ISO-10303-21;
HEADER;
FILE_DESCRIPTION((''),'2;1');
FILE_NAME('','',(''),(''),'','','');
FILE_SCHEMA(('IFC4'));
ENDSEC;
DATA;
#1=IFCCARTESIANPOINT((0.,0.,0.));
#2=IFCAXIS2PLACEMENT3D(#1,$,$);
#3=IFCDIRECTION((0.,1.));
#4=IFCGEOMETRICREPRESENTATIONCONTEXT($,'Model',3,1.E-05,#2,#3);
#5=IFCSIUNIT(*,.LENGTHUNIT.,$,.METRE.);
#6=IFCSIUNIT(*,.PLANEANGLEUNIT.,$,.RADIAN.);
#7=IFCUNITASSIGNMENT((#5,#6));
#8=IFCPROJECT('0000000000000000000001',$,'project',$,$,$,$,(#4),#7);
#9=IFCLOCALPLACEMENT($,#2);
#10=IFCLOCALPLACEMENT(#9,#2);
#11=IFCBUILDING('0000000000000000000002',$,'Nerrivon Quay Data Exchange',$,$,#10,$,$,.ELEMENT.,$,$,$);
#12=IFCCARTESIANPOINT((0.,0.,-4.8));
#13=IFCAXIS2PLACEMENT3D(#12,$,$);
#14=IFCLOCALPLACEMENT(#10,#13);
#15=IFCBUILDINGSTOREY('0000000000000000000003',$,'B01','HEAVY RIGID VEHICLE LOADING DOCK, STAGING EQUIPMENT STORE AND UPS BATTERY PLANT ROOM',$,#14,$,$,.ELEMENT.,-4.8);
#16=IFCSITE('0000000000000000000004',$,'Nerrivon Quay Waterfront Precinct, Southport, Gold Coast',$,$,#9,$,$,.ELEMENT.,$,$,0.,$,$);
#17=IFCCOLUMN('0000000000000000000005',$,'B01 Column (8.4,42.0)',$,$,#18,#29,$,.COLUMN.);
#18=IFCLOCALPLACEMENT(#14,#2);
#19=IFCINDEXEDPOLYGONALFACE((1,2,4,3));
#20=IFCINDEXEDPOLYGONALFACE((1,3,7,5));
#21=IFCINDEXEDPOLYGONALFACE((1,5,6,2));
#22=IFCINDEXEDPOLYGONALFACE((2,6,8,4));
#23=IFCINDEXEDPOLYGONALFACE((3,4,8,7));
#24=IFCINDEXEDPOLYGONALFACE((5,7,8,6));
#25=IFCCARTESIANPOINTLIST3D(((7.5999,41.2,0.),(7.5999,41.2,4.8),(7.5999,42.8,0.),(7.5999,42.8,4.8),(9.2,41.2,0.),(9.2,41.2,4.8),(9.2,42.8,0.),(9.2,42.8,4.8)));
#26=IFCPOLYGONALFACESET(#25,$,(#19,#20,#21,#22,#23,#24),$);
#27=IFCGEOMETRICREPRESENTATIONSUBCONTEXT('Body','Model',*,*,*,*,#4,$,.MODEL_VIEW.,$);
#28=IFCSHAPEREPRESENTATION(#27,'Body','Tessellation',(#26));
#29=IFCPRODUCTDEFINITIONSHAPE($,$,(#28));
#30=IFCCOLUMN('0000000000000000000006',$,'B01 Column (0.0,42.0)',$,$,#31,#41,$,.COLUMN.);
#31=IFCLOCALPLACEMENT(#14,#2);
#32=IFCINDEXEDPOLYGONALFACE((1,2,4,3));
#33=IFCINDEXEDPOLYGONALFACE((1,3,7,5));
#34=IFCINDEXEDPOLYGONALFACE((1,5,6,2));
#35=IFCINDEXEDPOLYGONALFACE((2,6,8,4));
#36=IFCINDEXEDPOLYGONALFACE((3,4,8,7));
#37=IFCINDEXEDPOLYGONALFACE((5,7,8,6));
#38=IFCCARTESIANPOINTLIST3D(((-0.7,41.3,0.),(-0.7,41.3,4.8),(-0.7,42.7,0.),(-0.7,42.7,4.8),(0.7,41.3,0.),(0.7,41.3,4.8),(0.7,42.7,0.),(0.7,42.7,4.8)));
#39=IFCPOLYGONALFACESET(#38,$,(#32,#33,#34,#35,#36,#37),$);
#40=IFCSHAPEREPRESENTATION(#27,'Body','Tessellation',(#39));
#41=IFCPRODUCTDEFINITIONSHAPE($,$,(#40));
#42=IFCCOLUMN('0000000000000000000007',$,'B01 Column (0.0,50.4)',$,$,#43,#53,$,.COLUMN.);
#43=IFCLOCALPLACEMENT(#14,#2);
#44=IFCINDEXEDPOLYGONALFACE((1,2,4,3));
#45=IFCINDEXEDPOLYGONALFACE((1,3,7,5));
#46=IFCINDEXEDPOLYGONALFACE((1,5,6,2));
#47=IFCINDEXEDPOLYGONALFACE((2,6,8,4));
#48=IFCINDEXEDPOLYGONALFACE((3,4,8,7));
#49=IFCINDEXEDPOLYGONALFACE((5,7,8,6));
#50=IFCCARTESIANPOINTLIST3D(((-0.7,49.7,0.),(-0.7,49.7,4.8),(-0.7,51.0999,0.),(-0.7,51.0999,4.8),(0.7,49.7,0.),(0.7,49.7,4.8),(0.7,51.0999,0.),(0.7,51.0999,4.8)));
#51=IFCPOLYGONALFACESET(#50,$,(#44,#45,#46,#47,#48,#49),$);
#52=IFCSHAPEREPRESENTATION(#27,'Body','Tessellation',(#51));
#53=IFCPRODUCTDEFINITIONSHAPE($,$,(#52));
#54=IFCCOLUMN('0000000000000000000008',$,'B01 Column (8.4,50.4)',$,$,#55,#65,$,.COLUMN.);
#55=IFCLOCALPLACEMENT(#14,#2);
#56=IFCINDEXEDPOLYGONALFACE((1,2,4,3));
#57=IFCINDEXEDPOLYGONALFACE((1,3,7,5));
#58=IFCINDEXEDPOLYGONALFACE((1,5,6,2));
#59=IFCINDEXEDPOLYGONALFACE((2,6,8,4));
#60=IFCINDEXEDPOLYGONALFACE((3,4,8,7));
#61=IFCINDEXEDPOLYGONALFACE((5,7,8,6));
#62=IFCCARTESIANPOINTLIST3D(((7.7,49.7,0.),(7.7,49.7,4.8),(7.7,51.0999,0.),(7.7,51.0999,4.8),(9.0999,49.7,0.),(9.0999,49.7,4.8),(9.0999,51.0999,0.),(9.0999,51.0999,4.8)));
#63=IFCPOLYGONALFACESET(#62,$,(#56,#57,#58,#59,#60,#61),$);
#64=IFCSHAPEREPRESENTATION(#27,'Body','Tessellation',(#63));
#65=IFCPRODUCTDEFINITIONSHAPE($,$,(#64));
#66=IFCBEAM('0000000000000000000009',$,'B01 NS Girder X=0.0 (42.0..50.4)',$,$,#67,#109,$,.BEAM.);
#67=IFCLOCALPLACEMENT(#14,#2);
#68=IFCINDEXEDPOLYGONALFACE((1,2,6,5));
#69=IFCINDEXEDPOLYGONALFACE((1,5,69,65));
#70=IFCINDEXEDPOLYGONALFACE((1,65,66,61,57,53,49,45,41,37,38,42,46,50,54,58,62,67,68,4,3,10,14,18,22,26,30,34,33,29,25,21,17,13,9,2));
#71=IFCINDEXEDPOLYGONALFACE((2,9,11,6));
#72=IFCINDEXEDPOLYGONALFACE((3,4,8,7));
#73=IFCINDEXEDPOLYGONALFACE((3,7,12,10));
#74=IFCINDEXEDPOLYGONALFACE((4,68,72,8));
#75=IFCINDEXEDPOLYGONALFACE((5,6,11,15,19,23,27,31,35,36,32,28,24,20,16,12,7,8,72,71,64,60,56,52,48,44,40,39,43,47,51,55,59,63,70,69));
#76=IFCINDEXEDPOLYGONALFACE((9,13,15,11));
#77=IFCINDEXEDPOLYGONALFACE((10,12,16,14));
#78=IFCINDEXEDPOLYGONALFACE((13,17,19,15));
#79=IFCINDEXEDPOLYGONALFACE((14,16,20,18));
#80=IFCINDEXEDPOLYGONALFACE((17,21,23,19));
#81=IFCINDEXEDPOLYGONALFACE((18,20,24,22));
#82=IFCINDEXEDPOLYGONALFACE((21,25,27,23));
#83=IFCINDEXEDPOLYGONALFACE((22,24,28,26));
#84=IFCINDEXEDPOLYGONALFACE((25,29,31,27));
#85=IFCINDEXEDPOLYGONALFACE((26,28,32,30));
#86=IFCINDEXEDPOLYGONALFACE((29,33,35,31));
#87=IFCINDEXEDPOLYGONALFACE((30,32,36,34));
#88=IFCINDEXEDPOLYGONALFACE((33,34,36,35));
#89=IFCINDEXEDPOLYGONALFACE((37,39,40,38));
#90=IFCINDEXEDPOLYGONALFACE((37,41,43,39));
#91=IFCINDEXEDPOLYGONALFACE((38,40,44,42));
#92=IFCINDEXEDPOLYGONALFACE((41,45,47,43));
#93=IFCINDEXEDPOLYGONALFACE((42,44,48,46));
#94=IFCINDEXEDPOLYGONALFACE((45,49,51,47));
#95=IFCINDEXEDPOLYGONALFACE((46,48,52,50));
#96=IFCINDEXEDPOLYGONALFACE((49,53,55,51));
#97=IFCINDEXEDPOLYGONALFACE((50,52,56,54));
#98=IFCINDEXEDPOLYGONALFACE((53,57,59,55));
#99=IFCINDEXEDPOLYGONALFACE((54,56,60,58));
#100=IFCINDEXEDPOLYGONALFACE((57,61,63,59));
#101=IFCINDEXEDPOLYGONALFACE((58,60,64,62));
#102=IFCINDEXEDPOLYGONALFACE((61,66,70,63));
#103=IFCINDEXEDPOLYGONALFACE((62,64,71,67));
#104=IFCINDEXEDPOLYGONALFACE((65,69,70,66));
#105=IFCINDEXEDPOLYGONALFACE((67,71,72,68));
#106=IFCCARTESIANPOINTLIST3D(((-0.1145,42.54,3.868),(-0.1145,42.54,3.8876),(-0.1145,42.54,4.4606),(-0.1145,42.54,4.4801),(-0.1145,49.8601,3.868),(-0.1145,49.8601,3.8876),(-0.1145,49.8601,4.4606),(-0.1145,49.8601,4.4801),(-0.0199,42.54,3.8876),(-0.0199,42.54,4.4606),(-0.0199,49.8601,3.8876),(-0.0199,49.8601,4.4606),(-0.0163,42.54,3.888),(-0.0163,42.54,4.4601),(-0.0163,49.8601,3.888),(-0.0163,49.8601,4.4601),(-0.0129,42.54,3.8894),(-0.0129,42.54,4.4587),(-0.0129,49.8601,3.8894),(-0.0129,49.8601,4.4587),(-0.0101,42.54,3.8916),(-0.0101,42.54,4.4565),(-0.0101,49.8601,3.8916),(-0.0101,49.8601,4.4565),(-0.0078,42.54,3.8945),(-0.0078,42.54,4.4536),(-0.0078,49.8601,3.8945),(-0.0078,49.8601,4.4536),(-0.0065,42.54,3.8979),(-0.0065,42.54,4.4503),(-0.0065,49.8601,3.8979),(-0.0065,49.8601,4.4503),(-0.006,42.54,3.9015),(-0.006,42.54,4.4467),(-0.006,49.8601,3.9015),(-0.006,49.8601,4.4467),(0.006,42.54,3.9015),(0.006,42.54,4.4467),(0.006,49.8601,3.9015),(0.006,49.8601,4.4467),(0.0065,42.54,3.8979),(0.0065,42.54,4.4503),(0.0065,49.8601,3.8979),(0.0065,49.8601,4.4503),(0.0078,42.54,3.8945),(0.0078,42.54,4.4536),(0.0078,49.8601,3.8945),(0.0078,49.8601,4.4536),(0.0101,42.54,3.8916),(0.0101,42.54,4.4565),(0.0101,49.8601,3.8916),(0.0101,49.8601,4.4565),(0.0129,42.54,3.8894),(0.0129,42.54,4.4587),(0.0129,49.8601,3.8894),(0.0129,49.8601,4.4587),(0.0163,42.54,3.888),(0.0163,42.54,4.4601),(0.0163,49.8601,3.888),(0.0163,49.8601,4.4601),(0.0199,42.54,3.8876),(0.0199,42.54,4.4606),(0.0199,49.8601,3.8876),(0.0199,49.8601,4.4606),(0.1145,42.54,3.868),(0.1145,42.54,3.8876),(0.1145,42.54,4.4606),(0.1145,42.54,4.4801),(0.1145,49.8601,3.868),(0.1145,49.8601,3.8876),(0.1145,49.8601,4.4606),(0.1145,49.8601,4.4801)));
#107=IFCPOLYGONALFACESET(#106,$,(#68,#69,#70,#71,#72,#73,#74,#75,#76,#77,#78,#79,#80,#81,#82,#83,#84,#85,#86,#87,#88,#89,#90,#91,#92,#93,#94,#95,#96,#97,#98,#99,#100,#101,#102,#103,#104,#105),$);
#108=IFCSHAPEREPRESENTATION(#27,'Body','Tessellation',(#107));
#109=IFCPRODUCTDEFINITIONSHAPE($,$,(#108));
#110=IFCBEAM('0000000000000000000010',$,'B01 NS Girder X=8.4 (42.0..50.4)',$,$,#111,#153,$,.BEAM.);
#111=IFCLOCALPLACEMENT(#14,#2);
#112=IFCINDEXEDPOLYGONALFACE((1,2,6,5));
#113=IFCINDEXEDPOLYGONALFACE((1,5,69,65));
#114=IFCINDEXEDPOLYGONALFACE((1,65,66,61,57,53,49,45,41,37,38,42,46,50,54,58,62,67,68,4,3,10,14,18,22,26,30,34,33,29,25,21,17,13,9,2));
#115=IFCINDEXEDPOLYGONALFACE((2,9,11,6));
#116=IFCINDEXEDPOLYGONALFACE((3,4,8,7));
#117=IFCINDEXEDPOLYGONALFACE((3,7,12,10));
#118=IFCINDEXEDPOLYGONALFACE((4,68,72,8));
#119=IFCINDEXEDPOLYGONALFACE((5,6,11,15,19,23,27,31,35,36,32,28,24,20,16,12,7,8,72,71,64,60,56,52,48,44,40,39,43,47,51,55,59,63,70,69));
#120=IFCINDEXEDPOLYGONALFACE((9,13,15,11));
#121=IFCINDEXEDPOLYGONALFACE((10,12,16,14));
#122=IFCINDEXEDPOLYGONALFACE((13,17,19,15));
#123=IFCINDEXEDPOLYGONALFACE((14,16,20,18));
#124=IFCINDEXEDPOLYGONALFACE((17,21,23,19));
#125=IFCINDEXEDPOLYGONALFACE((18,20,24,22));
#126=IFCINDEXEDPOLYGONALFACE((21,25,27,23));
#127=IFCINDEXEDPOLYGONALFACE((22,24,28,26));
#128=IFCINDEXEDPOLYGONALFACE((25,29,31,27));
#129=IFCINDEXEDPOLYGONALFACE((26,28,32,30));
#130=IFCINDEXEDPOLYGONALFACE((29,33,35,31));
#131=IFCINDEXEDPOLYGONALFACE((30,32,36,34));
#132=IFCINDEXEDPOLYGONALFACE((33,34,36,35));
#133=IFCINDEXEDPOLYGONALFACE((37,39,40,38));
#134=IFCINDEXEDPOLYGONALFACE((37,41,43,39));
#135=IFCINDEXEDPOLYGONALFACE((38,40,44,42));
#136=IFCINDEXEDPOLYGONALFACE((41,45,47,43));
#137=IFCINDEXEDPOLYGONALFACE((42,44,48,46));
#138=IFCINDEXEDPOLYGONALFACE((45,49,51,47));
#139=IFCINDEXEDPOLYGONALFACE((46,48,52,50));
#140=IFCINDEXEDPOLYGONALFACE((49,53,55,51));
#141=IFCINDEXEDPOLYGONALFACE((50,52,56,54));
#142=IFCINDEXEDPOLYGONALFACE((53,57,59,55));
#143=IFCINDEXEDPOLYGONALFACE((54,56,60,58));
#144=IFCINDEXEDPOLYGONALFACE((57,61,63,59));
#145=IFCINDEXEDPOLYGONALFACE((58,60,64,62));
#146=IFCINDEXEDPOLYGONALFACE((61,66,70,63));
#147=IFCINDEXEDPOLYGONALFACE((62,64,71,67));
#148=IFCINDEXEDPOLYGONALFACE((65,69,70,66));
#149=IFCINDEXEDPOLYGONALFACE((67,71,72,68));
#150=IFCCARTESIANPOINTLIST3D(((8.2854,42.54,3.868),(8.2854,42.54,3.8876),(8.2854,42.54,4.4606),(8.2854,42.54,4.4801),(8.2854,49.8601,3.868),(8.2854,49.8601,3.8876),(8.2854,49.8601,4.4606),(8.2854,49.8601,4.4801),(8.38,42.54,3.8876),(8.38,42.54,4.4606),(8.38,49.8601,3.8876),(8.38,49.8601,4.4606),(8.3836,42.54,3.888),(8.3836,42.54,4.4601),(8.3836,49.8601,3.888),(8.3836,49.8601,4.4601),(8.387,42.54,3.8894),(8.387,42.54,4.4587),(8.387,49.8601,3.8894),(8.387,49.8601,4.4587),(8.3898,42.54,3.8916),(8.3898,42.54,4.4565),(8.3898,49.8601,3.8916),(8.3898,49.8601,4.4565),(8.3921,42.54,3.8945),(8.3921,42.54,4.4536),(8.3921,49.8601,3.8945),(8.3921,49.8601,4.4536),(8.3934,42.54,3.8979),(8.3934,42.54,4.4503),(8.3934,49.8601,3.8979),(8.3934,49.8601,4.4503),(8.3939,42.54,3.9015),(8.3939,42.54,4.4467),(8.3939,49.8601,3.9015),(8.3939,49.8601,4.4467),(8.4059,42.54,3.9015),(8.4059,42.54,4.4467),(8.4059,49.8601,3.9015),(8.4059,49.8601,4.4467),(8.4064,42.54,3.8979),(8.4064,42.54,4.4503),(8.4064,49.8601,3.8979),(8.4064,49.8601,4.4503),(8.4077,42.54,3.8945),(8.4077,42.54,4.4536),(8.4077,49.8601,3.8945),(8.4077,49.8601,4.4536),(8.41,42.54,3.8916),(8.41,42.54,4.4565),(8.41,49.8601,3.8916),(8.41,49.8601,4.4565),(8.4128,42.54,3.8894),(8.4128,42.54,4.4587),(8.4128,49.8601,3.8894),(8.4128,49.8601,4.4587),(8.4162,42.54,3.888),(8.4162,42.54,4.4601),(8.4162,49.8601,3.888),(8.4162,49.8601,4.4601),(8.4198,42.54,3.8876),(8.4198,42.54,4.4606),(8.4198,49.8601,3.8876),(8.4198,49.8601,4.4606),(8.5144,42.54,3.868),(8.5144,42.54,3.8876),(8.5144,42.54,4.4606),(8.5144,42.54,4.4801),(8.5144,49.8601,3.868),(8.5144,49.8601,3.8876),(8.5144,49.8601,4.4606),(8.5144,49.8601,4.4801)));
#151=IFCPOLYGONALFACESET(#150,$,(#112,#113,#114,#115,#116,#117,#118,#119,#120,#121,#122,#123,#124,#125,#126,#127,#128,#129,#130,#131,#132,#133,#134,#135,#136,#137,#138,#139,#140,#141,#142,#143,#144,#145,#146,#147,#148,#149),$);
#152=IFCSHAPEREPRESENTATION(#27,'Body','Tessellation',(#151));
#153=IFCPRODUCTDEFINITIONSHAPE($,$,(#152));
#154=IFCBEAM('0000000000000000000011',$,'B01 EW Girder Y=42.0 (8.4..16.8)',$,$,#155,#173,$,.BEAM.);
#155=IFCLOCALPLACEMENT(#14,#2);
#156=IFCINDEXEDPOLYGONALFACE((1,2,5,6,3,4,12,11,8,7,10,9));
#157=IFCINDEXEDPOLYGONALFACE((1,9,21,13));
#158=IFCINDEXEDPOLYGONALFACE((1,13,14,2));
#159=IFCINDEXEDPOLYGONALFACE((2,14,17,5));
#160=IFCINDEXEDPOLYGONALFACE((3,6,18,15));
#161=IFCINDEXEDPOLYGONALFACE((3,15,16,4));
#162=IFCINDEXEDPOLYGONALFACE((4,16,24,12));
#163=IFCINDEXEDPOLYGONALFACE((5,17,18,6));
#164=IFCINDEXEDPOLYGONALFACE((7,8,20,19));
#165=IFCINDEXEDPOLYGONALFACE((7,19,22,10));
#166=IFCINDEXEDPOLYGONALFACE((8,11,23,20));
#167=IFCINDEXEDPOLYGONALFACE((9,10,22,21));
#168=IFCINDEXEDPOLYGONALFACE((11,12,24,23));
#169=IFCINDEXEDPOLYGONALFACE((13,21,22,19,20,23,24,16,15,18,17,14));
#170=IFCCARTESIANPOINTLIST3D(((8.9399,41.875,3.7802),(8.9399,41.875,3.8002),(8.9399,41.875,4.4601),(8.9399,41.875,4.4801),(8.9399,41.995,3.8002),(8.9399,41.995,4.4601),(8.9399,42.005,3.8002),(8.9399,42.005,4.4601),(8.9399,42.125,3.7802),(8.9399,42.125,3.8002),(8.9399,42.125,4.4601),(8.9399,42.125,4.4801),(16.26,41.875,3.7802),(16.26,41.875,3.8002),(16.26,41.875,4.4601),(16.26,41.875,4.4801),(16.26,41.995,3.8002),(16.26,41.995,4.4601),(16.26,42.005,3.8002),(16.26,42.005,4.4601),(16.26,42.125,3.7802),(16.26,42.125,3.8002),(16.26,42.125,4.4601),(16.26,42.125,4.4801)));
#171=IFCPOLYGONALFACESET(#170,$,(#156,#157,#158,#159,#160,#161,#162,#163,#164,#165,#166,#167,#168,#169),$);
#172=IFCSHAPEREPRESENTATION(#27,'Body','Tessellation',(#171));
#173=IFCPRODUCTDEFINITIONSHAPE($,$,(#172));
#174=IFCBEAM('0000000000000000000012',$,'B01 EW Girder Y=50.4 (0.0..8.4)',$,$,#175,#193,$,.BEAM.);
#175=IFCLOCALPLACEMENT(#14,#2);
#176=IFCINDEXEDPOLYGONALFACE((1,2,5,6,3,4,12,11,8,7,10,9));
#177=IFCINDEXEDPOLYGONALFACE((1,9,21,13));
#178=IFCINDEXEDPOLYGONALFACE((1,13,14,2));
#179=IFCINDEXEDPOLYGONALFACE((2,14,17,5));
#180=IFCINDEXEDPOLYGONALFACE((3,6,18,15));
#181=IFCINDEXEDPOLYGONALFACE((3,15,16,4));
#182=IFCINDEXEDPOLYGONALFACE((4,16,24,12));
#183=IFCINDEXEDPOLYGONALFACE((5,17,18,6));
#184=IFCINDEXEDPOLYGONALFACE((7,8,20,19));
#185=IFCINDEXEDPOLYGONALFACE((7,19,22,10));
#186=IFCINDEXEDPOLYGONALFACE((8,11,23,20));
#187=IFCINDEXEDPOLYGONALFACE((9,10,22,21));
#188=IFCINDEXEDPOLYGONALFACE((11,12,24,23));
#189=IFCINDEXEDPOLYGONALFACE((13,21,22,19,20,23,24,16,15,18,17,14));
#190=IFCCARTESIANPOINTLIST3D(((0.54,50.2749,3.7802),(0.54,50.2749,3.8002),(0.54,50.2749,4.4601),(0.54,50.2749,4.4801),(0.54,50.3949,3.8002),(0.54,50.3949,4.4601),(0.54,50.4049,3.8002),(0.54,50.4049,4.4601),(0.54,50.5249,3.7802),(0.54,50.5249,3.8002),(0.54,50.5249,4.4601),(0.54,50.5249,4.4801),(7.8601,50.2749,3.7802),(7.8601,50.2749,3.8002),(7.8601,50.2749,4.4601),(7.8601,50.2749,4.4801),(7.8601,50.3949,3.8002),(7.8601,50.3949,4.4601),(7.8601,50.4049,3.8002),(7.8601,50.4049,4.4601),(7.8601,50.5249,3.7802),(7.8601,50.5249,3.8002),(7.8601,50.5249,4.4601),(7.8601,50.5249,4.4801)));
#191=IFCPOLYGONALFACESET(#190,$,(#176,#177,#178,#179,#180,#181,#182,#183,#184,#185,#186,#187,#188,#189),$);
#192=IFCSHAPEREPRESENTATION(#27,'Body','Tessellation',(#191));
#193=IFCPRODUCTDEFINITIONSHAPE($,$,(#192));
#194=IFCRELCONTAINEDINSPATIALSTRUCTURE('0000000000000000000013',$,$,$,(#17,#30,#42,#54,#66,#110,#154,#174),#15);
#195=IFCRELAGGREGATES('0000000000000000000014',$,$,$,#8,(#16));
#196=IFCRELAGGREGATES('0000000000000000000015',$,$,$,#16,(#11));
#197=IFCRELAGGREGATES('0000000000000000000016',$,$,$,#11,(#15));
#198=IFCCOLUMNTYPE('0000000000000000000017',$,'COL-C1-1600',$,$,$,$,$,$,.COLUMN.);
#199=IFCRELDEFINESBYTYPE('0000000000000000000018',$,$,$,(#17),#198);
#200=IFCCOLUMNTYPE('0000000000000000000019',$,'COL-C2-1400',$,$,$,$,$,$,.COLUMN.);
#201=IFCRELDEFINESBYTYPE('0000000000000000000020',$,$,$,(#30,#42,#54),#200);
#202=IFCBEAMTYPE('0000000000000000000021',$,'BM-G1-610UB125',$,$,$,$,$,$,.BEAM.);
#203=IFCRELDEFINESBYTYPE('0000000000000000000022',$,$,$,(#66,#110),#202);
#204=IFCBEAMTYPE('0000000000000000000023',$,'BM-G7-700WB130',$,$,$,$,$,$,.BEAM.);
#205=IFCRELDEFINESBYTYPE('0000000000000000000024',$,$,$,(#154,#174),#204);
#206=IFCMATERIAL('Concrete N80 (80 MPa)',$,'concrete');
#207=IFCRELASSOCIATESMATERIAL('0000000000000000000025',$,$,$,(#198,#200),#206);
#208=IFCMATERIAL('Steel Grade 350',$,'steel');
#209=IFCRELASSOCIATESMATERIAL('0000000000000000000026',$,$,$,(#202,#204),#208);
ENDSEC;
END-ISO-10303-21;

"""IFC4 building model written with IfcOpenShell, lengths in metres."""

from ifc_helpers import new_model, si_unit, direction, frame, origin, origin_2d, place, context, subcontext, project, spatial, rectangle, i_section, extrude, material, material_profile, profile_set, type_object, element, save


model = new_model("IFC4")

# Units and contexts
model_context = context("Model", 3, precision=1e-05, world=origin(), true_north=direction((0.0, 1.0)))
body_context = subcontext(model_context, "Body", "Model", "MODEL_VIEW")
ifc_project = project(units=[si_unit("LENGTHUNIT", "METRE"), si_unit("PLANEANGLEUNIT", "RADIAN")], contexts=[model_context])

# Site, building, storey
site_placement = place(None, origin())
site = spatial("IfcSite", under=ifc_project, at=site_placement, Name="Nerrivon Quay Waterfront Precinct, Southport, Gold Coast", CompositionType="ELEMENT", RefElevation=0.0)
building_placement = place(site_placement, origin())
building = spatial("IfcBuilding", under=site, at=building_placement, Name="Nerrivon Quay Data Exchange", CompositionType="ELEMENT")
storey_placement = place(building_placement, frame((0.0, 0.0, -4.8)))
storey = spatial("IfcBuildingStorey", under=building, at=storey_placement, Name="B01", Description="HEAVY RIGID VEHICLE LOADING DOCK, STAGING EQUIPMENT STORE AND UPS BATTERY PLANT ROOM", CompositionType="ELEMENT", Elevation=-4.8)

# Columns
ifc_material_1 = material(Name="Concrete N80 (80 MPa)", Category="concrete")
ifc_material_profile_1 = material_profile(ifc_material_1, rectangle(XDim=1.6001, YDim=1.6001, at=origin_2d()), Name="RC-COL-1600x1600")
ifc_profile_set_1 = profile_set([ifc_material_profile_1], Name="Concrete N80 (80 MPa)")
column_type_1 = type_object("IfcColumnType", Name="COL-C1-1600", PredefinedType="COLUMN", material=ifc_profile_set_1)
column_placement = place(storey_placement, frame((8.3999, 42.0, 0.0), z_axis=(0.0, 0.0, 1.0), x_axis=(1.0, 0.0, 0.0)))
element("IfcColumn", 1, at=column_placement, inside=storey, type_object=column_type_1, Name="B01 Column (8.4,42.0)", PredefinedType="COLUMN", context=body_context, shape_type="SweptSolid", body=[
    extrude(rectangle(XDim=1.6001, YDim=1.6001, at=origin_2d()), origin(), (0.0, 0.0, 1.0), 4.8),
])
ifc_material_profile_2 = material_profile(ifc_material_1, rectangle(XDim=1.3999, YDim=1.3999, at=origin_2d()), Name="RC-COL-1400x1400")
ifc_profile_set_2 = profile_set([ifc_material_profile_2], Name="Concrete N80 (80 MPa)")
column_type_2 = type_object("IfcColumnType", Name="COL-C2-1400", PredefinedType="COLUMN", material=ifc_profile_set_2)
for number, where, z_axis, x_axis, name in (
    (2, (0.0, 42.0, 0.0), (0.0, 0.0, 1.0), (1.0, 0.0, 0.0), "B01 Column (0.0,42.0)"),
    (3, (0.0, 50.3999, 0.0), (0.0, 0.0, 1.0), (1.0, 0.0, 0.0), "B01 Column (0.0,50.4)"),
    (4, (8.3999, 50.3999, 0.0), (0.0, 0.0, 1.0), (1.0, 0.0, 0.0), "B01 Column (8.4,50.4)"),
):
    element("IfcColumn", number, at=place(storey_placement, frame(where, z_axis=z_axis, x_axis=x_axis)), inside=storey, type_object=column_type_2, Name=name, PredefinedType="COLUMN", context=body_context, shape_type="SweptSolid", body=[
        extrude(rectangle(XDim=1.3999, YDim=1.3999, at=origin_2d()), origin(), (0.0, 0.0, 1.0), 4.8),
    ])

# Beams
ifc_material_2 = material(Name="Steel Grade 350", Category="steel")
ifc_material_profile_3 = material_profile(ifc_material_2, i_section(OverallWidth=0.229, OverallDepth=0.6121, WebThickness=0.012, FlangeThickness=0.0195, FilletRadius=0.0139, at=origin_2d()), Name="610UB125")
ifc_profile_set_3 = profile_set([ifc_material_profile_3], Name="Steel Grade 350")
beam_type_1 = type_object("IfcBeamType", Name="BM-G1-610UB125", PredefinedType="BEAM", material=ifc_profile_set_3)
for number, where, z_axis, x_axis, name in (
    (5, (0.0, 42.54, 4.1741), (0.0, 1.0, 0.0), (-1.0, 0.0, 0.0), "B01 NS Girder X=0.0 (42.0..50.4)"),
    (6, (8.3999, 42.54, 4.1741), (0.0, 1.0, 0.0), (-1.0, 0.0, 0.0), "B01 NS Girder X=8.4 (42.0..50.4)"),
):
    element("IfcBeam", number, at=place(storey_placement, frame(where, z_axis=z_axis, x_axis=x_axis)), inside=storey, type_object=beam_type_1, Name=name, PredefinedType="BEAM", context=body_context, shape_type="SweptSolid", body=[
        extrude(i_section(OverallWidth=0.229, OverallDepth=0.6121, WebThickness=0.012, FlangeThickness=0.0195, FilletRadius=0.0139, at=origin_2d()), origin(), (0.0, 0.0, 1.0), 7.3201),
    ])
ifc_material_profile_4 = material_profile(ifc_material_2, i_section(OverallWidth=0.25, OverallDepth=0.7, WebThickness=0.01, FlangeThickness=0.02, at=origin_2d()), Name="700WB130")
ifc_profile_set_4 = profile_set([ifc_material_profile_4], Name="Steel Grade 350")
beam_type_2 = type_object("IfcBeamType", Name="BM-G7-700WB130", PredefinedType="BEAM", material=ifc_profile_set_4)
for number, where, z_axis, x_axis, name in (
    (7, (8.9399, 42.0, 4.1301), (1.0, 0.0, 0.0), (0.0, 1.0, 0.0), "B01 EW Girder Y=42.0 (8.4..16.8)"),
    (8, (0.54, 50.3999, 4.1301), (1.0, 0.0, 0.0), (0.0, 1.0, 0.0), "B01 EW Girder Y=50.4 (0.0..8.4)"),
):
    element("IfcBeam", number, at=place(storey_placement, frame(where, z_axis=z_axis, x_axis=x_axis)), inside=storey, type_object=beam_type_2, Name=name, PredefinedType="BEAM", context=body_context, shape_type="SweptSolid", body=[
        extrude(i_section(OverallWidth=0.25, OverallDepth=0.7, WebThickness=0.01, FlangeThickness=0.02, at=origin_2d()), origin(), (0.0, 0.0, 1.0), 7.3201),
    ])

save(model, "model.ifc")
